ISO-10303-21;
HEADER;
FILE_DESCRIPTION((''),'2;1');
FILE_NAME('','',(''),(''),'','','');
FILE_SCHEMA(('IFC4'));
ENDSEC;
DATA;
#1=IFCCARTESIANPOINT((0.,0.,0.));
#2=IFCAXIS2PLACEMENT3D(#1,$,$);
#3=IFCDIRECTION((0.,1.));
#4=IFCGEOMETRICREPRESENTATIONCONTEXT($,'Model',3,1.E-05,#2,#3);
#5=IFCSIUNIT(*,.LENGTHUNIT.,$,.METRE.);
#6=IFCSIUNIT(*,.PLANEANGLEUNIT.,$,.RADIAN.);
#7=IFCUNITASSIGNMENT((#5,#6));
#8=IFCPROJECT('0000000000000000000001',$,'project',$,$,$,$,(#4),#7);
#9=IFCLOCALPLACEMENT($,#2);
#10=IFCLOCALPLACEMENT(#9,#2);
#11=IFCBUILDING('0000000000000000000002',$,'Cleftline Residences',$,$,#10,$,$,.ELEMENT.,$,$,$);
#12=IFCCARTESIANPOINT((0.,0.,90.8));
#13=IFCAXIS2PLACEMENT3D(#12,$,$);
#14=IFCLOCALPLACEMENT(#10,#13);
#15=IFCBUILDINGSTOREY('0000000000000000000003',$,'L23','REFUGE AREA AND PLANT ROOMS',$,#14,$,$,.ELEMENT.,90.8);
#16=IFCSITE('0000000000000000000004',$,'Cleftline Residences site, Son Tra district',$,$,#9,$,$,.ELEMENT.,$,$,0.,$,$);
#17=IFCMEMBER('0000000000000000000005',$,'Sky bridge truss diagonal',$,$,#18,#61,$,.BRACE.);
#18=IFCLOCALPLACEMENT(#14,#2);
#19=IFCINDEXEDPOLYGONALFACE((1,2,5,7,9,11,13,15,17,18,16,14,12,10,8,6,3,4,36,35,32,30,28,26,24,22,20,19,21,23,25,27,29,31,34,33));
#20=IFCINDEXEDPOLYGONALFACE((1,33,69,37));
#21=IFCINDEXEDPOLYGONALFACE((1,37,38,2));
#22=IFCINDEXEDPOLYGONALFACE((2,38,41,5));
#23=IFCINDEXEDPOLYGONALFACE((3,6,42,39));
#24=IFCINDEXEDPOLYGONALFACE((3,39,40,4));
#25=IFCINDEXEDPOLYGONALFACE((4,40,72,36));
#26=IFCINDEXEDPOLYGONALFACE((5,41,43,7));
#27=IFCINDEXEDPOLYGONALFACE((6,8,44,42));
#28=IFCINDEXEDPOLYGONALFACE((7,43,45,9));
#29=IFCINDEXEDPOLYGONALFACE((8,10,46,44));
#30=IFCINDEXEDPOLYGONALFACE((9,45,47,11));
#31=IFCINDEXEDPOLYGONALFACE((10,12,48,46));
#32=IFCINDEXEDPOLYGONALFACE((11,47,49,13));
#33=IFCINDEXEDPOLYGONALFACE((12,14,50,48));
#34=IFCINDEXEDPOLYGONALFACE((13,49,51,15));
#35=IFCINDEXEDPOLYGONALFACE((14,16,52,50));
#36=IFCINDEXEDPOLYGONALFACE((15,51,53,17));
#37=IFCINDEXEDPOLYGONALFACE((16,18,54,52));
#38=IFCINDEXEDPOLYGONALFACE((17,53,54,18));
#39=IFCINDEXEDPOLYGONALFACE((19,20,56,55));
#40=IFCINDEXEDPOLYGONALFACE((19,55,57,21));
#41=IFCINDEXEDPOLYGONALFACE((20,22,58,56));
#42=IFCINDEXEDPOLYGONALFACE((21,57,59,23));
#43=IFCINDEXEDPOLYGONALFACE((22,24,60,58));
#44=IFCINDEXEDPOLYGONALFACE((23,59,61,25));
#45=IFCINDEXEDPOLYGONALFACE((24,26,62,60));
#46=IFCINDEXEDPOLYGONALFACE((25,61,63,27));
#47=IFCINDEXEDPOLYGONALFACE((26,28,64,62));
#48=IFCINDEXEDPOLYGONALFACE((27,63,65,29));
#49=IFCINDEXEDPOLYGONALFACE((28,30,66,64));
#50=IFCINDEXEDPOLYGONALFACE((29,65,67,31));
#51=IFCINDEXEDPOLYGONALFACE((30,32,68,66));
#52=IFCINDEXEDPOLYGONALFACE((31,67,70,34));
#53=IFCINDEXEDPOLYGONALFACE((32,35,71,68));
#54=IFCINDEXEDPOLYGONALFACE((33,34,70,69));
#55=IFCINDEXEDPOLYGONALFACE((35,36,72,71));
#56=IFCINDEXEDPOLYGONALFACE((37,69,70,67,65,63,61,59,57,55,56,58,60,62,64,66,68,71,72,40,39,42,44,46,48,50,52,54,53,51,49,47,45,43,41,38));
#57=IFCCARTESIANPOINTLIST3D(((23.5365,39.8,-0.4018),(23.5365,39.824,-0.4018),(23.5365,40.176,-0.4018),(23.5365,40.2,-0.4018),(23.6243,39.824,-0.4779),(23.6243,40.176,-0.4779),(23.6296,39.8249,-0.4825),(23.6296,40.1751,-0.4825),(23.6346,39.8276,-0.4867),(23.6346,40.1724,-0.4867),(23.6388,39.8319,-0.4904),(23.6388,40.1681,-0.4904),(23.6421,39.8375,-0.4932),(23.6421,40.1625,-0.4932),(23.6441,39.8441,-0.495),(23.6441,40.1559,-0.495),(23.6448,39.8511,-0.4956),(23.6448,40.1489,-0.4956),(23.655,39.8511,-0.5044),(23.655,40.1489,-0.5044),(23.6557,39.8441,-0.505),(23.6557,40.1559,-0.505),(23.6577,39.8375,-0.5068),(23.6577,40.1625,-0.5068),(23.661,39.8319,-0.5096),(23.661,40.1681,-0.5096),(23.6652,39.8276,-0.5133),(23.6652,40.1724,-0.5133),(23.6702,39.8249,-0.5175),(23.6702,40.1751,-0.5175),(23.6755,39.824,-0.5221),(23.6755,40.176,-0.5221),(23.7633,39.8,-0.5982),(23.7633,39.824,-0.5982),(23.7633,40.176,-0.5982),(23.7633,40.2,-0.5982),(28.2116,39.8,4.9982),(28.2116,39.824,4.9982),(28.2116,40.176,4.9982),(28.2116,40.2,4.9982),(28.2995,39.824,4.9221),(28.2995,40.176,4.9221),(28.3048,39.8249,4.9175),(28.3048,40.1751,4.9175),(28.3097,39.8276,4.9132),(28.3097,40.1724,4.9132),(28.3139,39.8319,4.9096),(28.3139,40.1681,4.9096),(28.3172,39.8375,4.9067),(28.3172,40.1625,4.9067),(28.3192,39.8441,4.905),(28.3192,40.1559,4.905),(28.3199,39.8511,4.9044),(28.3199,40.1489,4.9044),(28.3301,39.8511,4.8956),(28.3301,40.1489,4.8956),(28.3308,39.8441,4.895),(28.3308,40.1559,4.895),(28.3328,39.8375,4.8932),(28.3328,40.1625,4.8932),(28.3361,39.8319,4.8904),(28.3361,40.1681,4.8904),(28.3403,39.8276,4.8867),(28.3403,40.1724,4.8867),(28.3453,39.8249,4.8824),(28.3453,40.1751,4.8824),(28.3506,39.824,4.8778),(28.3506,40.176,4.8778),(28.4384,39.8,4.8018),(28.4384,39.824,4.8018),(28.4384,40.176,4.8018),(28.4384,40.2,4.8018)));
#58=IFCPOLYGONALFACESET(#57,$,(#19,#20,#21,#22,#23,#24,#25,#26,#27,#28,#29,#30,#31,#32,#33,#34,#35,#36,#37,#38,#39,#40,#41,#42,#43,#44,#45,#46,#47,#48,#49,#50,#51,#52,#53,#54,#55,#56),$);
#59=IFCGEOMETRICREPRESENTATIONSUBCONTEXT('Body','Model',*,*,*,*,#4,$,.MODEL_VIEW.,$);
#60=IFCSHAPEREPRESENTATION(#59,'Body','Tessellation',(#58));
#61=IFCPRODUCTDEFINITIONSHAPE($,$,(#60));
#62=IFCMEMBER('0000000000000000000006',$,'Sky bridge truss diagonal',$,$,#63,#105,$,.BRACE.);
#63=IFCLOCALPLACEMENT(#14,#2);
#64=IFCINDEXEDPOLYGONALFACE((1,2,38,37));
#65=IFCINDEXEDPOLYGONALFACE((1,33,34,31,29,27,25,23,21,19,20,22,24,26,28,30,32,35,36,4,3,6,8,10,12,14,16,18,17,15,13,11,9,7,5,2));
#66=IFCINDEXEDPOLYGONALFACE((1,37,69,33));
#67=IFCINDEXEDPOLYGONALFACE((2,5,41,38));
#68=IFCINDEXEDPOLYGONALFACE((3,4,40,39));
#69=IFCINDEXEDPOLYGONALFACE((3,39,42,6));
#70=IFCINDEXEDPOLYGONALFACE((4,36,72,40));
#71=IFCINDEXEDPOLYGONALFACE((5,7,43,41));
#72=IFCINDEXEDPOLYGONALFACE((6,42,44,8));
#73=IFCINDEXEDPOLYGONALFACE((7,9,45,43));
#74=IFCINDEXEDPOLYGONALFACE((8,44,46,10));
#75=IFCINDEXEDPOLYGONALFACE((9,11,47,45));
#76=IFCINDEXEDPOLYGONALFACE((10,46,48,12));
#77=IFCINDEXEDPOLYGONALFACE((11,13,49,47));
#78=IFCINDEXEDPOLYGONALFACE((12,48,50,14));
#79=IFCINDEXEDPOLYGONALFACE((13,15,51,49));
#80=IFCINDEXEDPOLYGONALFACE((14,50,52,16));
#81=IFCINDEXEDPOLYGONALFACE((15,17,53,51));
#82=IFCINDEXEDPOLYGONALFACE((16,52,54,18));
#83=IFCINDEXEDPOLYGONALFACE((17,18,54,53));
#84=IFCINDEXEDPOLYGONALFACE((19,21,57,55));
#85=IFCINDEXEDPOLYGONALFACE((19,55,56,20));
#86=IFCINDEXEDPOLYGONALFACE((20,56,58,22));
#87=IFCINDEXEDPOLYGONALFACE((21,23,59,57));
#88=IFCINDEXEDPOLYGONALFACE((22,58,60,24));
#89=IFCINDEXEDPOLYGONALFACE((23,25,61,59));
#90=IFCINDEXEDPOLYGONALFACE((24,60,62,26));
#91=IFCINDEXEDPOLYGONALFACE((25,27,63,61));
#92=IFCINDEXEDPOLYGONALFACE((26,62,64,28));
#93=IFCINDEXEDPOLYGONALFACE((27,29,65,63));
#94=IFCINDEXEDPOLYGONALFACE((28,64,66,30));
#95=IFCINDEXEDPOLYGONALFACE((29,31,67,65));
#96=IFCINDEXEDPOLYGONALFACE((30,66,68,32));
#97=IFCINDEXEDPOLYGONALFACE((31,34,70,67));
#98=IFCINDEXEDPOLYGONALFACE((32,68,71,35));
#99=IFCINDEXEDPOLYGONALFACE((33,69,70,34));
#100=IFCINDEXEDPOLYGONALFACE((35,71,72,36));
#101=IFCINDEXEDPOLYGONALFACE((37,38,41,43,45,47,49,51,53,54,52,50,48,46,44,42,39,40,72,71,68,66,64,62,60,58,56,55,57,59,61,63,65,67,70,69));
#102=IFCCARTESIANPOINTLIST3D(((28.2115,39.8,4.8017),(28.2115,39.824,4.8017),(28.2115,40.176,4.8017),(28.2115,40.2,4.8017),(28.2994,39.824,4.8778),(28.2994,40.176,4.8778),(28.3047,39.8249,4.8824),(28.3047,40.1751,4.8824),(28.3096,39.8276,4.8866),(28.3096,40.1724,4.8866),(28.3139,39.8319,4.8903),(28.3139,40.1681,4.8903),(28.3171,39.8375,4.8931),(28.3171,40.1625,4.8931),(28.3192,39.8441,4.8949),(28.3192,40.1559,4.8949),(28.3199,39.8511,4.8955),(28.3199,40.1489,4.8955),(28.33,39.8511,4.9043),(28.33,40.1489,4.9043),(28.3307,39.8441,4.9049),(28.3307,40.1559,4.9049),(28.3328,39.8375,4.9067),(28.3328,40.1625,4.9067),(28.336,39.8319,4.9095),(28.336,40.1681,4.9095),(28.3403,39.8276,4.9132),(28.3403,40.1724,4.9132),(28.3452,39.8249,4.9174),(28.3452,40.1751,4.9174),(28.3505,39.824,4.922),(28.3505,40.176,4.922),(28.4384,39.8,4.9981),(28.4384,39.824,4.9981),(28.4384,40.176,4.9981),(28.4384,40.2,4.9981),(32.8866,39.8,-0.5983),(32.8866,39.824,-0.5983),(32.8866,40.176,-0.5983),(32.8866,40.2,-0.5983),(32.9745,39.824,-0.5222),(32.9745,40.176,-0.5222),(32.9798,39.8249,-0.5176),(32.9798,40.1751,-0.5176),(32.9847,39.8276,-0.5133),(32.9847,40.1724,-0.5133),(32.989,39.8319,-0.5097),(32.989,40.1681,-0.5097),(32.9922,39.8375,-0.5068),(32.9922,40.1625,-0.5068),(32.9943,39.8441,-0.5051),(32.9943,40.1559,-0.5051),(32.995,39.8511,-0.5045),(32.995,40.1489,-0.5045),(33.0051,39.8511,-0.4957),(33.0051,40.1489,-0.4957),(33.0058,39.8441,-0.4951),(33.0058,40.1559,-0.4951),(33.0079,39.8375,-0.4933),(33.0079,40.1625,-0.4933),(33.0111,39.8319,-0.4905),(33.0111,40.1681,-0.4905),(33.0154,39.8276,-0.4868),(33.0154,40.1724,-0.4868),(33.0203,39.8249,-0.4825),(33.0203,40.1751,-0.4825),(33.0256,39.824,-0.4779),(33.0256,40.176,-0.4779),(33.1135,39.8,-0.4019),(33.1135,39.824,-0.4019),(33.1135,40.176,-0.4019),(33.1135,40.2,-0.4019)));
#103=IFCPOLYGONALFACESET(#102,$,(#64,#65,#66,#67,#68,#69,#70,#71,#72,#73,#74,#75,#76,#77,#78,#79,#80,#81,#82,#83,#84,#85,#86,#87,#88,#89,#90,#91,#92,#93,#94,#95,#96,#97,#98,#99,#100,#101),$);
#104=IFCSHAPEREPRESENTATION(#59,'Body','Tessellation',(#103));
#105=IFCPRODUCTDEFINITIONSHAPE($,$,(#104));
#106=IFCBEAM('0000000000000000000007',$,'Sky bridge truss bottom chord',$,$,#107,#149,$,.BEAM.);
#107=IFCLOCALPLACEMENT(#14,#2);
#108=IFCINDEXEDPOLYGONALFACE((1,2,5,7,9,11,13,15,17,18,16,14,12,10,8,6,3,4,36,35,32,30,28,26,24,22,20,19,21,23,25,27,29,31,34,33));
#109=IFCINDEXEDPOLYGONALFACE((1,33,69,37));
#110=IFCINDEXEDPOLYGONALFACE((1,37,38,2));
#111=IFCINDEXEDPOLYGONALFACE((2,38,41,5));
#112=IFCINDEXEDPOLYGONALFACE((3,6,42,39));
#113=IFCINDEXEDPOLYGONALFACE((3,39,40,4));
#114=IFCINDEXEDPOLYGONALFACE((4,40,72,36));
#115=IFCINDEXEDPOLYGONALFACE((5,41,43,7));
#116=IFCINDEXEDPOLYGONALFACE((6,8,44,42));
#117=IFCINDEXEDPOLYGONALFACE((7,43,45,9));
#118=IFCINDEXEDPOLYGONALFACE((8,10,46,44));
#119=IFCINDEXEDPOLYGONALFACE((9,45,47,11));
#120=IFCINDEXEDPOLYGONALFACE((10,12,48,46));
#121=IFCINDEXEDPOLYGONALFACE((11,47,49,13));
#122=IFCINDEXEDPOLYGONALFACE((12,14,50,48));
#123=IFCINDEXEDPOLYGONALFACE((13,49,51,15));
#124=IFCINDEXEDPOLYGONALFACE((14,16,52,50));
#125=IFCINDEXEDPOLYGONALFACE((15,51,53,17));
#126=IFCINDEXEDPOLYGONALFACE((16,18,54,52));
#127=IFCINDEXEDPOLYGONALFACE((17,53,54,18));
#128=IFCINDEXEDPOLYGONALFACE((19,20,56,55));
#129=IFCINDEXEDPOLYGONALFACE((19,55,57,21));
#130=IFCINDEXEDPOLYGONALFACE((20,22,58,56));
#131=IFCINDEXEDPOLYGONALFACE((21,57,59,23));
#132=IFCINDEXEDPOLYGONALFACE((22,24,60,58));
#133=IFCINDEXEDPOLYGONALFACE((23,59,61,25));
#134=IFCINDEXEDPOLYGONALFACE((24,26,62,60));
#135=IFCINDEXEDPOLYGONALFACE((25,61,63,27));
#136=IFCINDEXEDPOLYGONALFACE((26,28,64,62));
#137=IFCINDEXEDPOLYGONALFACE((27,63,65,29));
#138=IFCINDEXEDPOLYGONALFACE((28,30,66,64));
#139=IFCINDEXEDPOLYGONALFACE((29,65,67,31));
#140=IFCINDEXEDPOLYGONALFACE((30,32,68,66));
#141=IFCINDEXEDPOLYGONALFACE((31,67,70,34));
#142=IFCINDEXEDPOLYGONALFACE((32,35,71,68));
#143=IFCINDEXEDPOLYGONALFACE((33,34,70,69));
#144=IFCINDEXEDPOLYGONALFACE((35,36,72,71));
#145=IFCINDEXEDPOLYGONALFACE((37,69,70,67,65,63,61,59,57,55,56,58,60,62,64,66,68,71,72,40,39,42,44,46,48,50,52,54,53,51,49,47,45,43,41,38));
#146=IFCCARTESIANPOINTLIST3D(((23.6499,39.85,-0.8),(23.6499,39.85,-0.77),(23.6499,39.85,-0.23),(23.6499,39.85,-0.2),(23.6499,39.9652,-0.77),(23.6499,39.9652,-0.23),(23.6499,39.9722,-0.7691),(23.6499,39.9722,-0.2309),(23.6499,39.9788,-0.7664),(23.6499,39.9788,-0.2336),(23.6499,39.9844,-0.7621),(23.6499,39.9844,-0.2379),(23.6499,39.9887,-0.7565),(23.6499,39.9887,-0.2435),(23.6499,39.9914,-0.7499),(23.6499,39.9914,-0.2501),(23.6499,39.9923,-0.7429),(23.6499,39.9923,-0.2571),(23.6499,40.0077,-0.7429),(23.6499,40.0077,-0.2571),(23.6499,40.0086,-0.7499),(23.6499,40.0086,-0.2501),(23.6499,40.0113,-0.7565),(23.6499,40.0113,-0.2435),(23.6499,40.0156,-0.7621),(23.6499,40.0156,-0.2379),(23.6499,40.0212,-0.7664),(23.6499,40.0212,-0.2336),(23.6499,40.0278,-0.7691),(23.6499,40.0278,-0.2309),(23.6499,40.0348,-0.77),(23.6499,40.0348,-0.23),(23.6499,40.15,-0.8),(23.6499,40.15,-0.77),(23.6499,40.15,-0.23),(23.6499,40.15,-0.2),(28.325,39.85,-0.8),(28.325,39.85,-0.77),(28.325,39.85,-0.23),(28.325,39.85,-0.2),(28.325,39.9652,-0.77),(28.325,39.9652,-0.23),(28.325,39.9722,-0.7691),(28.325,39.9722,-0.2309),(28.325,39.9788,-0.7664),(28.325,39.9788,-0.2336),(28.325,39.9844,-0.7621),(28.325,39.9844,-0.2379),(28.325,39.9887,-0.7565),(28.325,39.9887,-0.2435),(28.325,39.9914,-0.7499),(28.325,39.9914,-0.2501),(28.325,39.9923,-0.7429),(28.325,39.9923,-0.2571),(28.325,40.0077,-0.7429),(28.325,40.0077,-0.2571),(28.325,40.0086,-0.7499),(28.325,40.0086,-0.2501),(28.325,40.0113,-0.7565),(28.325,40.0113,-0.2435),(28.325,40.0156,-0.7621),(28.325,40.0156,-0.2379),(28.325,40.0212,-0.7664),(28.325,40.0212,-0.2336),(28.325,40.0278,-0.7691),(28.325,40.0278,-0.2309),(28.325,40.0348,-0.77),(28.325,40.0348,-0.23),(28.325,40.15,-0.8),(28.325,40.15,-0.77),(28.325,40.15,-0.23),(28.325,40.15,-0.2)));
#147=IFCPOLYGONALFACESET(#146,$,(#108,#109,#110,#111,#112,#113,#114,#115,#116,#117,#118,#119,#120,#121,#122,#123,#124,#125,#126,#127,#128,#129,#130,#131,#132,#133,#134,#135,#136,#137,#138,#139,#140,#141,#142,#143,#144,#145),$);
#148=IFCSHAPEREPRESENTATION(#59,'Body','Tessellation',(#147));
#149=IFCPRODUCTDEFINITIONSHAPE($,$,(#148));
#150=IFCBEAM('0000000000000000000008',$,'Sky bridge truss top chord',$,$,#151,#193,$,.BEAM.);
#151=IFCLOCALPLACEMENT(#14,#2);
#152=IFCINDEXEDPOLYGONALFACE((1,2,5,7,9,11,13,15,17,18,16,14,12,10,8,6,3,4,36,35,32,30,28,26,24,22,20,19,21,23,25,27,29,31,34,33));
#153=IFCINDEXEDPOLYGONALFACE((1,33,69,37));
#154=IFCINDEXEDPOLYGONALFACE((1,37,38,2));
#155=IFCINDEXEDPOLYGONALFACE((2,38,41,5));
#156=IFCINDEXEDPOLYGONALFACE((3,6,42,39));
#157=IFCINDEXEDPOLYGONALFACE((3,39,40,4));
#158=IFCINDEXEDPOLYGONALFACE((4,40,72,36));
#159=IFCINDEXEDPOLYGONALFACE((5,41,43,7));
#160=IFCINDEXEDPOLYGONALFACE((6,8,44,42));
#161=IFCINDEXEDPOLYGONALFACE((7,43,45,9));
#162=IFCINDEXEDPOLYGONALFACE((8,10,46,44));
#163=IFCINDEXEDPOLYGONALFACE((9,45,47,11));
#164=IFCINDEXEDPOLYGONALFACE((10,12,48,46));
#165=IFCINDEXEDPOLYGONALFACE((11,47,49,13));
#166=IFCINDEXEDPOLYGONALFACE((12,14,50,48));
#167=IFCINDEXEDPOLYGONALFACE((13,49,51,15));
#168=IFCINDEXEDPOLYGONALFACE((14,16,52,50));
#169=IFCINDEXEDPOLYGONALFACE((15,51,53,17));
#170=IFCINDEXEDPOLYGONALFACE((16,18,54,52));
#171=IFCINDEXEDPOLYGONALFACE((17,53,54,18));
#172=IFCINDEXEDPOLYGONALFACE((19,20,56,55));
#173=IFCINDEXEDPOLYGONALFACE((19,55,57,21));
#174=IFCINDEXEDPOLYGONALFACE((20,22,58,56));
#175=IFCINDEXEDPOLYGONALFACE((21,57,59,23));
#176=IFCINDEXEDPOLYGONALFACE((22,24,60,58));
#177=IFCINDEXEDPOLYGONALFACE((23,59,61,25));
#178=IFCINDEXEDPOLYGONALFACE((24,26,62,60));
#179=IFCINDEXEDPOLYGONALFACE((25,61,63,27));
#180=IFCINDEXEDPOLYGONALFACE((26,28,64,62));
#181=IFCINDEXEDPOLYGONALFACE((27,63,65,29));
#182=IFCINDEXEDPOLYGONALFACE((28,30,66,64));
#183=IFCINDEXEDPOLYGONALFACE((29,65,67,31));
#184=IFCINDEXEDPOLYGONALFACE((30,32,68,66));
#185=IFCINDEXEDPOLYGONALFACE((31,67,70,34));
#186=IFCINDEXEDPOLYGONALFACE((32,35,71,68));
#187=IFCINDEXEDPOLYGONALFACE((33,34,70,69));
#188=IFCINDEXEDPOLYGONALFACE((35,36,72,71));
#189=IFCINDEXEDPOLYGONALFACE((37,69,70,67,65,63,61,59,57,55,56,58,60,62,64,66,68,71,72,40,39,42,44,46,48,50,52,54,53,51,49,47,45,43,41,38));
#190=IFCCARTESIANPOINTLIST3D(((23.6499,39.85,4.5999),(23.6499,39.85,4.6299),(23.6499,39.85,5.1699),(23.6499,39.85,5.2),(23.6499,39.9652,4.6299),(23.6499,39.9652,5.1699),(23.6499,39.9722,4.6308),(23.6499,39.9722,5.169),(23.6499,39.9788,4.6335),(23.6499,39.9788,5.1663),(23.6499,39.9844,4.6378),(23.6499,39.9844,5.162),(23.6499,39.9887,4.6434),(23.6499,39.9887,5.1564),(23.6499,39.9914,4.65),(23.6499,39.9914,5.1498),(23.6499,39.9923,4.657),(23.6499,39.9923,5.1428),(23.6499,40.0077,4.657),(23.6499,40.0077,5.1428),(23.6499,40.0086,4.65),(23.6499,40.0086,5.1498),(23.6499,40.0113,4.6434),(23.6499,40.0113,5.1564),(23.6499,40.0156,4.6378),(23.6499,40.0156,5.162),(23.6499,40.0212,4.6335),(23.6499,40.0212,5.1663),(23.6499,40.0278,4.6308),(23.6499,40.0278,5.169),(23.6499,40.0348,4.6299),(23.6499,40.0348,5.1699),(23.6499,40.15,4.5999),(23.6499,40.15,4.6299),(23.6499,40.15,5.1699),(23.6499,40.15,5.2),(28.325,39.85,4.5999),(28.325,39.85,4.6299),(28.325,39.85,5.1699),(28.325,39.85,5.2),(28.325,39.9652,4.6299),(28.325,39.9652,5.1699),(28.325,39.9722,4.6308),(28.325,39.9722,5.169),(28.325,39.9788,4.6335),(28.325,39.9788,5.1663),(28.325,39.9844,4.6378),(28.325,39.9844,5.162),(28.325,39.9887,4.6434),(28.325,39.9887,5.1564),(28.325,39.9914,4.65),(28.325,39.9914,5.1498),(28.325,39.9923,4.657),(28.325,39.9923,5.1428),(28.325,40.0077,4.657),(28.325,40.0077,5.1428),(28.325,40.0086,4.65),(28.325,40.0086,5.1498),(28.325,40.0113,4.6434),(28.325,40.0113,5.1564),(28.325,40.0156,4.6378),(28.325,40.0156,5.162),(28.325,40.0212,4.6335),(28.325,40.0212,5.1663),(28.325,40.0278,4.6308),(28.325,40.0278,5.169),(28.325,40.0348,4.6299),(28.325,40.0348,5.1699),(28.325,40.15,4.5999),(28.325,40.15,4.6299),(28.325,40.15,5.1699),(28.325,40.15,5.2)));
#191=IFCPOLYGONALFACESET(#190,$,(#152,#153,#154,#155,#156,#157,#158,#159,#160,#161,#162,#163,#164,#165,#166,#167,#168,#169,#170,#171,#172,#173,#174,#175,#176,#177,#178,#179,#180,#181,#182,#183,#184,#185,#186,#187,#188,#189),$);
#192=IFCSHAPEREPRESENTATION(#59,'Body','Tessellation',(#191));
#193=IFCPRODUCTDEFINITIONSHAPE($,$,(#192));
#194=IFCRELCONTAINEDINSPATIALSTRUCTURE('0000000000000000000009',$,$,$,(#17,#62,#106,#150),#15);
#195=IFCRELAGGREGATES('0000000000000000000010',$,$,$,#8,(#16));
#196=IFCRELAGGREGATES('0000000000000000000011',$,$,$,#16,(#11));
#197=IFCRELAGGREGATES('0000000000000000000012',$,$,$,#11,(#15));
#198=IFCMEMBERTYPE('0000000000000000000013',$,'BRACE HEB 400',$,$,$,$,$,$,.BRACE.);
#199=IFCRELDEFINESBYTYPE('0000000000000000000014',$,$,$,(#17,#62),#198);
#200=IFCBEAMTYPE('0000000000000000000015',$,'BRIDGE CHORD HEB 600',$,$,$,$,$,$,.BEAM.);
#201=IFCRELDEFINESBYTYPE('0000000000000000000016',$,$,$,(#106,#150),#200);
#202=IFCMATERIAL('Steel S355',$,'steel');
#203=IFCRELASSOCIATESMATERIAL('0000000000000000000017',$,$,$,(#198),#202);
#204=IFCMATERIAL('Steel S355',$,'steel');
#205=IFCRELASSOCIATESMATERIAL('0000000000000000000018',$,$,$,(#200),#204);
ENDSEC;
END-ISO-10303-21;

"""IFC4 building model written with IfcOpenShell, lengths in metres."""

from ifc_helpers import new_model, si_unit, direction, frame, origin, origin_2d, place, context, subcontext, project, spatial, i_section, extrude, material, material_profile, profile_set, type_object, element, save


model = new_model("IFC4")

# Units and contexts
model_context = context("Model", 3, precision=1e-05, world=origin(), true_north=direction((0.0, 1.0)))
body_context = subcontext(model_context, "Body", "Model", "MODEL_VIEW")
ifc_project = project(units=[si_unit("LENGTHUNIT", "METRE"), si_unit("PLANEANGLEUNIT", "RADIAN")], contexts=[model_context])

# Site, building, storey
site_placement = place(None, origin())
site = spatial("IfcSite", under=ifc_project, at=site_placement, Name="Cleftline Residences site, Son Tra district", CompositionType="ELEMENT", RefElevation=0.0)
building_placement = place(site_placement, origin())
building = spatial("IfcBuilding", under=site, at=building_placement, Name="Cleftline Residences", CompositionType="ELEMENT")
storey_placement = place(building_placement, frame((0.0, 0.0, 90.8)))
storey = spatial("IfcBuildingStorey", under=building, at=storey_placement, Name="L23", Description="REFUGE AREA AND PLANT ROOMS", CompositionType="ELEMENT", Elevation=90.8)

# Members
ifc_material_1 = material(Name="Steel S355", Category="steel")
ifc_material_profile_1 = material_profile(ifc_material_1, i_section(OverallWidth=0.3, OverallDepth=0.3999, WebThickness=0.0134, FlangeThickness=0.0239, FilletRadius=0.0271, at=origin_2d()))
ifc_profile_set_1 = profile_set([ifc_material_profile_1], Name="Steel S355")
member_type_1 = type_object("IfcMemberType", Name="BRACE HEB 400", PredefinedType="BRACE", material=ifc_profile_set_1)
for number, where, z_axis, x_axis, name in (
    (1, (23.6499, 40.0, -0.5), (0.654541, 0.0, 0.756026), (-0.756026, 0.0, 0.654541), "Sky bridge truss diagonal"),
    (2, (28.325, 40.0, 4.8999), (0.654541, 0.0, -0.756026), (0.756026, 0.0, 0.654541), "Sky bridge truss diagonal"),
):
    element("IfcMember", number, at=place(storey_placement, frame(where, z_axis=z_axis, x_axis=x_axis)), inside=storey, type_object=member_type_1, Name=name, PredefinedType="BRACE", context=body_context, shape_type="SweptSolid", body=[
        extrude(i_section(OverallWidth=0.3, OverallDepth=0.3999, WebThickness=0.0134, FlangeThickness=0.0239, FilletRadius=0.0271, at=origin_2d()), origin(), (0.0, 0.0, 1.0), 7.1426),
    ])

# Beams
ifc_material_2 = material(Name="Steel S355", Category="steel")
ifc_material_profile_2 = material_profile(ifc_material_2, i_section(OverallWidth=0.3, OverallDepth=0.6001, WebThickness=0.0154, FlangeThickness=0.03, FilletRadius=0.0271, at=origin_2d()))
ifc_profile_set_2 = profile_set([ifc_material_profile_2], Name="Steel S355")
beam_type_1 = type_object("IfcBeamType", Name="BRIDGE CHORD HEB 600", PredefinedType="BEAM", material=ifc_profile_set_2)
for number, where, z_axis, x_axis, name in (
    (3, (23.6499, 40.0, -0.5), (1.0, 0.0, 0.0), (0.0, 1.0, 0.0), "Sky bridge truss bottom chord"),
    (4, (23.6499, 40.0, 4.8999), (1.0, 0.0, 0.0), (0.0, 1.0, 0.0), "Sky bridge truss top chord"),
):
    element("IfcBeam", number, at=place(storey_placement, frame(where, z_axis=z_axis, x_axis=x_axis)), inside=storey, type_object=beam_type_1, Name=name, PredefinedType="BEAM", context=body_context, shape_type="SweptSolid", body=[
        extrude(i_section(OverallWidth=0.3, OverallDepth=0.6001, WebThickness=0.0154, FlangeThickness=0.03, FilletRadius=0.0271, at=origin_2d()), origin(), (0.0, 0.0, 1.0), 4.675),
    ])

save(model, "model.ifc")
